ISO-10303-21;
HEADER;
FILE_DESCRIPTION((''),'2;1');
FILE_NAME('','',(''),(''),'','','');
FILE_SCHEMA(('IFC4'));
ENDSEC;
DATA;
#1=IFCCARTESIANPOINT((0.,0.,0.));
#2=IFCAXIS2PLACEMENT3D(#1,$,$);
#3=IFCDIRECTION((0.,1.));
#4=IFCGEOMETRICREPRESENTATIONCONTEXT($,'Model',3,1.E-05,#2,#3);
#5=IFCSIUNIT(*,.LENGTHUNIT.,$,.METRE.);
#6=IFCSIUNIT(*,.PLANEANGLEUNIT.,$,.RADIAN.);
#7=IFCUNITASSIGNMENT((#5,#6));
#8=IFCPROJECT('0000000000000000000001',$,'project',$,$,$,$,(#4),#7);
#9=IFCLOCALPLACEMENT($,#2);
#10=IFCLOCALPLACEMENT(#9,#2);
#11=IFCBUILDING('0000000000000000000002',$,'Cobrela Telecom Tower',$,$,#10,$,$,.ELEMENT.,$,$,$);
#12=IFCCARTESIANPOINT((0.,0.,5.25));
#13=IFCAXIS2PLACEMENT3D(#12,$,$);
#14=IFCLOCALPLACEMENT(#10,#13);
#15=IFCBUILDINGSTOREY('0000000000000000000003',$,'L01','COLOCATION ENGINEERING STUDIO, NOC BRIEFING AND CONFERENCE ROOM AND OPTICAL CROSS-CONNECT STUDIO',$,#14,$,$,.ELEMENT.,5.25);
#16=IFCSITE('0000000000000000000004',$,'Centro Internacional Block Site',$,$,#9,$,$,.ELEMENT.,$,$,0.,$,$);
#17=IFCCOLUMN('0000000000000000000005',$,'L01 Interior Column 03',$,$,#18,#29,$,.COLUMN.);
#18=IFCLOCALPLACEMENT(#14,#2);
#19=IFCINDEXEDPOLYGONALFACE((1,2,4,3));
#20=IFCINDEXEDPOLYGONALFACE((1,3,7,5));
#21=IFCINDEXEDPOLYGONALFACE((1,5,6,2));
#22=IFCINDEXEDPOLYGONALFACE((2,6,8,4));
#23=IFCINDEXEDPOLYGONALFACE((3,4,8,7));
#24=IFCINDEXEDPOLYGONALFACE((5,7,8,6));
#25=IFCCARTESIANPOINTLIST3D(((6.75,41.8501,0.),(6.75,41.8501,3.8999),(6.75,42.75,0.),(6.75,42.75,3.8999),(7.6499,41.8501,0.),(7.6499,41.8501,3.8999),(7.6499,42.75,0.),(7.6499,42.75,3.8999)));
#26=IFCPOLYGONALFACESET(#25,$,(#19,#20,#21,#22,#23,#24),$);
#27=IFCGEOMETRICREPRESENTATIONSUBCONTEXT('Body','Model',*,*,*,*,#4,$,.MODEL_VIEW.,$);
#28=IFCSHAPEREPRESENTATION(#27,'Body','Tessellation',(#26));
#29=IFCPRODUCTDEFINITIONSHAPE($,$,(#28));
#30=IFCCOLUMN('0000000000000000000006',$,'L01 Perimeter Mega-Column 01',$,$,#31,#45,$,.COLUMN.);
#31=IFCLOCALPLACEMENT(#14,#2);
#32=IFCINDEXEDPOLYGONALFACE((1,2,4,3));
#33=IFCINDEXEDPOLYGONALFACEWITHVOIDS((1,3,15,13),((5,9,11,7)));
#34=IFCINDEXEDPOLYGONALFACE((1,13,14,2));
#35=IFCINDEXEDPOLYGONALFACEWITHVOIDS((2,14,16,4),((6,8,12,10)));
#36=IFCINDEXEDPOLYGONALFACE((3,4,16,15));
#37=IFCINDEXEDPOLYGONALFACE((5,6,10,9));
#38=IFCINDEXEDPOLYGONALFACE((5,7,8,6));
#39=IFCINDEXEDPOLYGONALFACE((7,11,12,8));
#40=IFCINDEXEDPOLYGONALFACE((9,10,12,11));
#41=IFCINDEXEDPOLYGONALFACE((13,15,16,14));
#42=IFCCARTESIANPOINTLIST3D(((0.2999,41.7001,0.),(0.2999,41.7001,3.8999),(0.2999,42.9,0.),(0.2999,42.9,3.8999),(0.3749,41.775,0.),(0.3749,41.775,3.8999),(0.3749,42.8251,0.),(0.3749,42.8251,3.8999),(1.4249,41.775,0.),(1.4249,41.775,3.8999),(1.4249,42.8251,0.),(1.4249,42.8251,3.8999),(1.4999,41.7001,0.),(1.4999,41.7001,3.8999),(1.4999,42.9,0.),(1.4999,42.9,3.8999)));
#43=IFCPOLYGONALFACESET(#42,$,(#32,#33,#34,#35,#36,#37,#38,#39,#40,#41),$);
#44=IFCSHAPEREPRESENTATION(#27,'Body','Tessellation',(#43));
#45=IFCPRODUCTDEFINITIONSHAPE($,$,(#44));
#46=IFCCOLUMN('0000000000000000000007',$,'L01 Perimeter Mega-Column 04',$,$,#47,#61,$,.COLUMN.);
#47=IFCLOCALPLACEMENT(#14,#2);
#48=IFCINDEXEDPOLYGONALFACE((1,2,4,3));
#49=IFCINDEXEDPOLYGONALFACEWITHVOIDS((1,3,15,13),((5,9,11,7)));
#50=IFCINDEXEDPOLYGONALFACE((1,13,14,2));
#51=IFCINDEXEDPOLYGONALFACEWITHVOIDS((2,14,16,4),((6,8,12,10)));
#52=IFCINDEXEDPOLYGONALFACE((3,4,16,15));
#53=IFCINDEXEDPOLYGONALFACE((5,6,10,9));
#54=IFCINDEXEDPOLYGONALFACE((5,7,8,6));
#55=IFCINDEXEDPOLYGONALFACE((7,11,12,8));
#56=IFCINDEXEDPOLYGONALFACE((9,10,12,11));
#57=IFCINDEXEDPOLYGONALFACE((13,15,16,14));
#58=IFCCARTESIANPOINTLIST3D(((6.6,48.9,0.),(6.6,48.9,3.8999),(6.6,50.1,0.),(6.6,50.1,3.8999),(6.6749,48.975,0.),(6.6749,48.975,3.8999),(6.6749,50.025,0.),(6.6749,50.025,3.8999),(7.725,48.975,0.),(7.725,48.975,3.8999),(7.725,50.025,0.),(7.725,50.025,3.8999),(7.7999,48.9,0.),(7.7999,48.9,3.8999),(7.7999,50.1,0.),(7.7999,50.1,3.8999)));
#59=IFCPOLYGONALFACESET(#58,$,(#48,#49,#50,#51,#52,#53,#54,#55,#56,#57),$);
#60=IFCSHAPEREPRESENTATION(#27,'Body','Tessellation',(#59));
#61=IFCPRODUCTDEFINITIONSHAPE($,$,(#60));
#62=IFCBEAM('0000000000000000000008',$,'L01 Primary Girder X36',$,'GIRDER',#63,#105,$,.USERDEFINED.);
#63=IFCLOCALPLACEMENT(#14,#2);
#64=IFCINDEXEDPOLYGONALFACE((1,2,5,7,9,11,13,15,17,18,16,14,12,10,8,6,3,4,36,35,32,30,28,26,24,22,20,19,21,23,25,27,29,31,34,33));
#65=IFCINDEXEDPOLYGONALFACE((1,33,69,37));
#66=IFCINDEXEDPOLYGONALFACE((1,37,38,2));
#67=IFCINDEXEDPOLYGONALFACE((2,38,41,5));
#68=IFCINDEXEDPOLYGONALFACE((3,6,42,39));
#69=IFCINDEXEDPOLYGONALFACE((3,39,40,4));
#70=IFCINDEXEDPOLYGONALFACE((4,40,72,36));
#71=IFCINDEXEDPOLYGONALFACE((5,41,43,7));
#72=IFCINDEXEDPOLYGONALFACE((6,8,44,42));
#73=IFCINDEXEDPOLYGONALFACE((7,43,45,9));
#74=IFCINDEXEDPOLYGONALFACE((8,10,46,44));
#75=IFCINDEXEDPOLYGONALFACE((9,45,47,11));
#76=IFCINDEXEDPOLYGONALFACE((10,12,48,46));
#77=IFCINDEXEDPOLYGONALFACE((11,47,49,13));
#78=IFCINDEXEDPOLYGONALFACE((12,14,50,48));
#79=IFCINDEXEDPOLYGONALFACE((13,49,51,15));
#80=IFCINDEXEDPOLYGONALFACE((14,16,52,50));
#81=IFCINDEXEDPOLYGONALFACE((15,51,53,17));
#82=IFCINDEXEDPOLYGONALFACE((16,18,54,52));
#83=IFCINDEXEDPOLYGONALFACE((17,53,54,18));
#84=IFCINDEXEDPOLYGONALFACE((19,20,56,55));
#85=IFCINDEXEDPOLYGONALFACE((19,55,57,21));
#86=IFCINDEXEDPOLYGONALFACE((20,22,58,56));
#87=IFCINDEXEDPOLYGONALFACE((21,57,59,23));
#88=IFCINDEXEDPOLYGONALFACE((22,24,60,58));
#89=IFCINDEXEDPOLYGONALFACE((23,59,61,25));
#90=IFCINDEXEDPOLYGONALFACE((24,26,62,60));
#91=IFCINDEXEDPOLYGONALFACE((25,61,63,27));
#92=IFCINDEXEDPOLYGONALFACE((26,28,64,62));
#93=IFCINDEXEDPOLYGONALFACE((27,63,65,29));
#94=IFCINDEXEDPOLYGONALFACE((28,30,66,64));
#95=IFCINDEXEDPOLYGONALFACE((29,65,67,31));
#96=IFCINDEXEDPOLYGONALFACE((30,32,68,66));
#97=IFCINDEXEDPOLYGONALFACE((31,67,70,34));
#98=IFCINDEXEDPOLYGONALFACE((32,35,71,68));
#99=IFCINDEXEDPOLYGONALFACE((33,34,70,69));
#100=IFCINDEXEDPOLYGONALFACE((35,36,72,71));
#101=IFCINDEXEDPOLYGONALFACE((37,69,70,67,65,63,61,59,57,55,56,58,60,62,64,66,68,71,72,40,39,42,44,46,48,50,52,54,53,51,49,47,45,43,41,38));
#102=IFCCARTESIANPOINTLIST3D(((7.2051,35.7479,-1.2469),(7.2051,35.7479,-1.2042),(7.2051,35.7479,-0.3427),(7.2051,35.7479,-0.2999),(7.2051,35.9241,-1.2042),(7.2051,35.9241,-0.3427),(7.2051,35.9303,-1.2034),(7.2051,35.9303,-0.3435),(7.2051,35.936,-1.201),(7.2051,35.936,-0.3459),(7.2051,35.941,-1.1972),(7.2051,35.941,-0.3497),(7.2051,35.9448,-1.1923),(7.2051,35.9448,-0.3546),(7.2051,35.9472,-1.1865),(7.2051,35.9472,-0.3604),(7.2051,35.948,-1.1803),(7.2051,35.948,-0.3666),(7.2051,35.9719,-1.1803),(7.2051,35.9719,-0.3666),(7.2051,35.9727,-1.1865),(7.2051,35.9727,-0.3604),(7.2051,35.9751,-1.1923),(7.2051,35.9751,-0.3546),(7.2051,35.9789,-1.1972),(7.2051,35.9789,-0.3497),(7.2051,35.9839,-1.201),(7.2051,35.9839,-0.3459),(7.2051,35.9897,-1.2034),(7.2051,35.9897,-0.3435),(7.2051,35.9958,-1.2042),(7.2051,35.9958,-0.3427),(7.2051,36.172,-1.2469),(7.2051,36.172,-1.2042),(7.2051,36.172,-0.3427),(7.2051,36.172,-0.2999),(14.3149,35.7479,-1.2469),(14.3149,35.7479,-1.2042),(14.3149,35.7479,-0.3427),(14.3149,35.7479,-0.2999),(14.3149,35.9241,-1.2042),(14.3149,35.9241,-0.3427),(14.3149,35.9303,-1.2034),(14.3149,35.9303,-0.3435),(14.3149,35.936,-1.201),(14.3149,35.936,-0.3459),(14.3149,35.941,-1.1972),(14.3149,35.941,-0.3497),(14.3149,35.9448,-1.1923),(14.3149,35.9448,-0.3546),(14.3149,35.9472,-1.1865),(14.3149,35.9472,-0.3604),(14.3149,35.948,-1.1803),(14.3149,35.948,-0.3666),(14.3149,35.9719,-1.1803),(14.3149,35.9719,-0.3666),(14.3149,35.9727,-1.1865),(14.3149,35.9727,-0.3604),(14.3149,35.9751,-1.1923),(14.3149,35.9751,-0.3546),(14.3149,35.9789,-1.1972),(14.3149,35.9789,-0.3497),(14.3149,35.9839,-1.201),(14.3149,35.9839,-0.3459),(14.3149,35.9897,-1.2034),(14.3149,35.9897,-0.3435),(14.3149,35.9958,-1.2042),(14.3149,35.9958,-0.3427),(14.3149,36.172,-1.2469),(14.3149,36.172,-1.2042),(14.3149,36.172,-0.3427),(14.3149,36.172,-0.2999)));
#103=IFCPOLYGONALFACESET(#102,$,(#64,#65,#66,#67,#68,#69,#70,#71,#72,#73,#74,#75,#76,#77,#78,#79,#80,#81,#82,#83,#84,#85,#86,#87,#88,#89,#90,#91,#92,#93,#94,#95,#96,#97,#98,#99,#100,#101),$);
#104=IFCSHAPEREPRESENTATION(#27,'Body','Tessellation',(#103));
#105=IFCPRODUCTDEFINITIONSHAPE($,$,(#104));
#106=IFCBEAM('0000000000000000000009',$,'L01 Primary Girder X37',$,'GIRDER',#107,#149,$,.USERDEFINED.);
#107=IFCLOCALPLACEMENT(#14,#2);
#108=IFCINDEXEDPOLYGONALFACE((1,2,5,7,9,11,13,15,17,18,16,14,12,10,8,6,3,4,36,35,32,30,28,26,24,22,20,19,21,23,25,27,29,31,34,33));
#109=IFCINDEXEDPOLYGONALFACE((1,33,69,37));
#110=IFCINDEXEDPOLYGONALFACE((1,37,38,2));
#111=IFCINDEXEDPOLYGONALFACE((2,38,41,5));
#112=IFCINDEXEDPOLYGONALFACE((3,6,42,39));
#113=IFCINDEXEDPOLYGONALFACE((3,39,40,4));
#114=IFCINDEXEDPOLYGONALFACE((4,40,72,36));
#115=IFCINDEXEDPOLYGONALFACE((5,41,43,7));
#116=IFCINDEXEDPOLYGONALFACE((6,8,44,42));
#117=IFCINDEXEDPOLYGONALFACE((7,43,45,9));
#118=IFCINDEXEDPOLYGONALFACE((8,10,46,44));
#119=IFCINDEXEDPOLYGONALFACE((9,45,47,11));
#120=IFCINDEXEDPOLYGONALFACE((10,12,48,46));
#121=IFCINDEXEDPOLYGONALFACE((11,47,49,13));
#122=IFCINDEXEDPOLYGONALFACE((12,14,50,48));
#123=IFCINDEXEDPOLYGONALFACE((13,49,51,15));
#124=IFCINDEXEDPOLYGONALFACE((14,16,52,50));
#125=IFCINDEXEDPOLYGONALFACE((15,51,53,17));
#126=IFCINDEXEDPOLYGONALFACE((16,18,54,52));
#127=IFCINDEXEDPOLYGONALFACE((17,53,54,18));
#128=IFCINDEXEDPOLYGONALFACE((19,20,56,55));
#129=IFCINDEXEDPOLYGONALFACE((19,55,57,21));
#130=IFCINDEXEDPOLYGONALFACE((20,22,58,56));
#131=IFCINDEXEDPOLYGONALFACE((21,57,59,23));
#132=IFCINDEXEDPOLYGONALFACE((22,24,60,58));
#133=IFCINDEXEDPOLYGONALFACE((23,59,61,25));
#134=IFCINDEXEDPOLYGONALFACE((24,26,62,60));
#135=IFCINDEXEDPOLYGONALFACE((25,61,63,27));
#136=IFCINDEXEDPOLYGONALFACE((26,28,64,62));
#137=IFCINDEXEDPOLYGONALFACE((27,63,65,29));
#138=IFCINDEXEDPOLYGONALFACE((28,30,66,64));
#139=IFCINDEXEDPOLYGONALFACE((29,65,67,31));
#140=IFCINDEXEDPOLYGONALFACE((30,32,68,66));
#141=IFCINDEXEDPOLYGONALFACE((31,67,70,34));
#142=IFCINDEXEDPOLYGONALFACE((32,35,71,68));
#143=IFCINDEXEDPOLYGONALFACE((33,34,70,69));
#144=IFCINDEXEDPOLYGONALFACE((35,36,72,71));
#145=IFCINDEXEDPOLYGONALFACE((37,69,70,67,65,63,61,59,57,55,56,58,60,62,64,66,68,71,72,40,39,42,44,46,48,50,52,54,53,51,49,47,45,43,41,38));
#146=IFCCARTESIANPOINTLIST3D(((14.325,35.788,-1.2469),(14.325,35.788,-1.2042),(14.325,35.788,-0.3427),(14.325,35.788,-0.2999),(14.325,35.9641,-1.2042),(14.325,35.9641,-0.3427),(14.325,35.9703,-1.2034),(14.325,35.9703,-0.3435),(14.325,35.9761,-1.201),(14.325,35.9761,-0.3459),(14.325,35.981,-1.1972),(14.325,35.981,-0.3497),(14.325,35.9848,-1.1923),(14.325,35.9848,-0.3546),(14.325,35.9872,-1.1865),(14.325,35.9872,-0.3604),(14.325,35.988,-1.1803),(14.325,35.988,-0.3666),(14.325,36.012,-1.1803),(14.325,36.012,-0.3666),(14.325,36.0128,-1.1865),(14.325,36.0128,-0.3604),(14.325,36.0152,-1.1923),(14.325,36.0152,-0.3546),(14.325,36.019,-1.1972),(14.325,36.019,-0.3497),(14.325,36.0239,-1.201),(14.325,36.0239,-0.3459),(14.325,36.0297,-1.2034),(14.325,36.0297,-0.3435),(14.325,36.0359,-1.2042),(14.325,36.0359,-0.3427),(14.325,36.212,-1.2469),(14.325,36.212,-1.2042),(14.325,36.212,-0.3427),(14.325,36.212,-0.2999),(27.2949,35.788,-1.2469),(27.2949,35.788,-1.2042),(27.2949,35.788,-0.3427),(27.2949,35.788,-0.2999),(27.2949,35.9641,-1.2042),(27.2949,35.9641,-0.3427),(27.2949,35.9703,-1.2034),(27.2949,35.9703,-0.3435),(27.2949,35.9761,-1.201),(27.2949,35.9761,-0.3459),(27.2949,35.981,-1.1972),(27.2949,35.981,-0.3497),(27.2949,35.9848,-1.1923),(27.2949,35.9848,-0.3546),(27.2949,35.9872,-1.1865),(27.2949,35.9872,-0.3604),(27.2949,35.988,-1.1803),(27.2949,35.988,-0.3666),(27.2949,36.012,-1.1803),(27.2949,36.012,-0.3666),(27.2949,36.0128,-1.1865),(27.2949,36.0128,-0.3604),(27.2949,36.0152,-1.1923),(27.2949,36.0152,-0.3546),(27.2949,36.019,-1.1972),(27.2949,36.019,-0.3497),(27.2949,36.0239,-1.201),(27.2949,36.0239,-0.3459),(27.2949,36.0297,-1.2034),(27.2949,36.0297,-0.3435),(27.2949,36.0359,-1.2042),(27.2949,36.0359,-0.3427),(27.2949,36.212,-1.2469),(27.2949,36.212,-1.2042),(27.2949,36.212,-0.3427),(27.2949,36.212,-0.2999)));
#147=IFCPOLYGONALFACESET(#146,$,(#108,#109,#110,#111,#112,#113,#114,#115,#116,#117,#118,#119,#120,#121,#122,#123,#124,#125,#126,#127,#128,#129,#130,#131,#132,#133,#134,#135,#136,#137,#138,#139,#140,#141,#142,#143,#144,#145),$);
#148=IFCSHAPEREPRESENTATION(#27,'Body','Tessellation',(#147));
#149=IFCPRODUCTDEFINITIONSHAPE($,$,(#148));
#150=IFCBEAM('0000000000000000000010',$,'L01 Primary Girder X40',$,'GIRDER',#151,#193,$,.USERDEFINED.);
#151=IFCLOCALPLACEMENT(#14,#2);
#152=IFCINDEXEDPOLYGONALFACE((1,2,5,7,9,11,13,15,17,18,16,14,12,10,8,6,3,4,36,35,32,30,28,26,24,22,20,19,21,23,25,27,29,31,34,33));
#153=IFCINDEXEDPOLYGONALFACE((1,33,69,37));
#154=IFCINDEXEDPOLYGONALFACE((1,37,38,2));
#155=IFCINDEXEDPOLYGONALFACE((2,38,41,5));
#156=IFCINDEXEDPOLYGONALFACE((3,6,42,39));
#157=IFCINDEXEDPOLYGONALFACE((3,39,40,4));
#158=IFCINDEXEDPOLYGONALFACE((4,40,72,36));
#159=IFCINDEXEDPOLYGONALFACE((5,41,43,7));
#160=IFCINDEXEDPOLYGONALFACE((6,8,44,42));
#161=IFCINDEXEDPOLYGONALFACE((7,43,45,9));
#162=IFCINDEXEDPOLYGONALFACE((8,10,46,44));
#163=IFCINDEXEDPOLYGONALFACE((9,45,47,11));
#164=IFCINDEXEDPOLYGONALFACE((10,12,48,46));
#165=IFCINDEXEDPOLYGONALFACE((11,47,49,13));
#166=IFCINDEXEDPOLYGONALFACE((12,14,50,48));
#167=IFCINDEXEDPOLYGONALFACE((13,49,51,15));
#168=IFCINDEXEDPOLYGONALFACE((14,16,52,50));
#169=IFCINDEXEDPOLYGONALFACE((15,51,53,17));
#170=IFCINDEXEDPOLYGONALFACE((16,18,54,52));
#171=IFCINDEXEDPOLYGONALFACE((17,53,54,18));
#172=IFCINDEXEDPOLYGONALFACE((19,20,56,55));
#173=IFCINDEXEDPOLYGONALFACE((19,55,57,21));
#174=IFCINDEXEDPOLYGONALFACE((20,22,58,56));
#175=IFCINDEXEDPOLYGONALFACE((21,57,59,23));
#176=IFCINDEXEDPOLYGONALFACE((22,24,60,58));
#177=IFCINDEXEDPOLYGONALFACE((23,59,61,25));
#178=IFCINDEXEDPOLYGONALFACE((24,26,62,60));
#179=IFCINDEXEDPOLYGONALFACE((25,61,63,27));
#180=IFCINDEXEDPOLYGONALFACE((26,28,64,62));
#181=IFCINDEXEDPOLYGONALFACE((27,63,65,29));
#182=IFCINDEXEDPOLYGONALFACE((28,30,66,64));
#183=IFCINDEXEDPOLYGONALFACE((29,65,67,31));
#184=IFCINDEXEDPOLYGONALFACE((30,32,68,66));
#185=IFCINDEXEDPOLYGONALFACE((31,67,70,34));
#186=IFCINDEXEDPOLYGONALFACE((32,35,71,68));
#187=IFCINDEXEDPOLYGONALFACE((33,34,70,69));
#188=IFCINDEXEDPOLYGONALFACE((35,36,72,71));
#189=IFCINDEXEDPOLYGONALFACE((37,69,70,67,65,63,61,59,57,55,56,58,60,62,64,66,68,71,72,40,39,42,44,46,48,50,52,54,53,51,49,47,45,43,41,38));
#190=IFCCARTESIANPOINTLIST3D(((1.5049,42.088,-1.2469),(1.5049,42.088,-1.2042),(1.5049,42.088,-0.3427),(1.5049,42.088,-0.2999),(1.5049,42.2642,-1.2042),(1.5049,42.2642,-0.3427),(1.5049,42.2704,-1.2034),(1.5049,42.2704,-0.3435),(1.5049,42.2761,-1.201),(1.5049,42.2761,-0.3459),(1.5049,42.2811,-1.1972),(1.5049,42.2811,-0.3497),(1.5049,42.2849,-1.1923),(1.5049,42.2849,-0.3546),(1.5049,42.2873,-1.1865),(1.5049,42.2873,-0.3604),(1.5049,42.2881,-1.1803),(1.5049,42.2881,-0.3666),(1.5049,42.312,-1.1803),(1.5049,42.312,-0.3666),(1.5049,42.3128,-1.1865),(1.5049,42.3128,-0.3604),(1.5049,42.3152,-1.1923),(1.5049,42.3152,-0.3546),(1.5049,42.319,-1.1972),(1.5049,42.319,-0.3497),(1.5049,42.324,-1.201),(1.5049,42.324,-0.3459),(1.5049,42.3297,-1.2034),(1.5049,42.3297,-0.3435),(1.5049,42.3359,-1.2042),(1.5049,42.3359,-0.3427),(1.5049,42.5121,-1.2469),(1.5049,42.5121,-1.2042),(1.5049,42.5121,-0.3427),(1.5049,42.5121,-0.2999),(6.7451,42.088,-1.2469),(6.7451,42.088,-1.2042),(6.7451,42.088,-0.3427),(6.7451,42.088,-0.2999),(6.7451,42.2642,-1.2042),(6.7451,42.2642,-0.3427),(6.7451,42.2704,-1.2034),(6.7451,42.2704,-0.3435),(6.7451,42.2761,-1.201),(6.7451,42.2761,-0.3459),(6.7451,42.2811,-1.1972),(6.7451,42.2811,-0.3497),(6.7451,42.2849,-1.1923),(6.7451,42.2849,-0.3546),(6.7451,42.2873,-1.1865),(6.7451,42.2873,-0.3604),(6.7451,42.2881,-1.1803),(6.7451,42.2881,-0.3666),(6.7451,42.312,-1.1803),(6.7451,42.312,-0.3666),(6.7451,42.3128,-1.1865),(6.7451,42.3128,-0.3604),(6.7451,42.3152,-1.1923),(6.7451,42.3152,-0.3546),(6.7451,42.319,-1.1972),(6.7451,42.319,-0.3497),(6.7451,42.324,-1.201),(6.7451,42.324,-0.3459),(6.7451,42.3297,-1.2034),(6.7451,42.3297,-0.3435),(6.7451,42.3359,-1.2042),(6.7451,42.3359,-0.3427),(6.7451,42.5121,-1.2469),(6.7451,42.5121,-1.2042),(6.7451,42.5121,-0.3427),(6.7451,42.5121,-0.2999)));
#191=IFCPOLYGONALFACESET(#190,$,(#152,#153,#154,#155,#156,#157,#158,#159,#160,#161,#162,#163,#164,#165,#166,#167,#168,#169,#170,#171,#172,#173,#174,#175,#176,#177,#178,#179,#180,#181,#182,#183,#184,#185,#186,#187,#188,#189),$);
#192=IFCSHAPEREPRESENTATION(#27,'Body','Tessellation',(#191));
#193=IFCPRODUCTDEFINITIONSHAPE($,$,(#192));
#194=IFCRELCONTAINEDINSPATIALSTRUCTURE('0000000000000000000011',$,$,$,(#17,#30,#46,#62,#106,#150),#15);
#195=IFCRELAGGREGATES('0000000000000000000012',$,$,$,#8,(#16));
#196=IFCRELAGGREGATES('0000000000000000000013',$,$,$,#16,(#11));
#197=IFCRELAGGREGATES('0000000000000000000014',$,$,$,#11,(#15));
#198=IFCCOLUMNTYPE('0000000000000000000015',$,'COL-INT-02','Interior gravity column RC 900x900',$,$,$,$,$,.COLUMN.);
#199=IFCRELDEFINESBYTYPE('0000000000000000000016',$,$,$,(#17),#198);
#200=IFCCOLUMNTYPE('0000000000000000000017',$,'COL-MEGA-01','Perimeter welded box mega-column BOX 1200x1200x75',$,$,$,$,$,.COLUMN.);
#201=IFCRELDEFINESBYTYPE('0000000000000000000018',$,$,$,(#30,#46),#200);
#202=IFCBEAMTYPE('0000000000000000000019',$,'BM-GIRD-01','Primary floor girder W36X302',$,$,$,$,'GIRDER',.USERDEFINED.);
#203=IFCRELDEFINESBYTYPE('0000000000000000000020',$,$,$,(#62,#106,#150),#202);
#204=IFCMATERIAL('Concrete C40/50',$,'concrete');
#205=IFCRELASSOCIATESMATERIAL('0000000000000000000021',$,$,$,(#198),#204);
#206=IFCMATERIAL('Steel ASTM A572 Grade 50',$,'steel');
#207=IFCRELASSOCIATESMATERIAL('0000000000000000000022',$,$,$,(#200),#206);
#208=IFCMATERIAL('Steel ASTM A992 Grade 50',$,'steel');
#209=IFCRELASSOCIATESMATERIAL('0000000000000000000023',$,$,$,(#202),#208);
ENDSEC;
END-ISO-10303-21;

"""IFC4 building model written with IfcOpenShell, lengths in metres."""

from ifc_helpers import new_model, si_unit, direction, frame, origin, origin_2d, place, context, subcontext, project, spatial, rectangle, hollow_rectangle, i_section, extrude, material, material_profile, profile_set, type_object, element, save


model = new_model("IFC4")

# Units and contexts
model_context = context("Model", 3, precision=1e-05, world=origin(), true_north=direction((0.0, 1.0)))
body_context = subcontext(model_context, "Body", "Model", "MODEL_VIEW")
ifc_project = project(units=[si_unit("LENGTHUNIT", "METRE"), si_unit("PLANEANGLEUNIT", "RADIAN")], contexts=[model_context])

# Site, building, storey
site_placement = place(None, origin())
site = spatial("IfcSite", under=ifc_project, at=site_placement, Name="Centro Internacional Block Site", CompositionType="ELEMENT", RefElevation=0.0)
building_placement = place(site_placement, origin())
building = spatial("IfcBuilding", under=site, at=building_placement, Name="Cobrela Telecom Tower", CompositionType="ELEMENT")
storey_placement = place(building_placement, frame((0.0, 0.0, 5.25)))
storey = spatial("IfcBuildingStorey", under=building, at=storey_placement, Name="L01", Description="COLOCATION ENGINEERING STUDIO, NOC BRIEFING AND CONFERENCE ROOM AND OPTICAL CROSS-CONNECT STUDIO", CompositionType="ELEMENT", Elevation=5.25)

# Columns
ifc_material_1 = material(Name="Concrete C40/50", Category="concrete")
ifc_material_profile_1 = material_profile(ifc_material_1, rectangle(XDim=0.8999, YDim=0.8999, at=origin_2d()), Name="RC 900x900")
ifc_profile_set_1 = profile_set([ifc_material_profile_1], Name="Concrete C40/50")
column_type_1 = type_object("IfcColumnType", Name="COL-INT-02", Description="Interior gravity column RC 900x900", PredefinedType="COLUMN", material=ifc_profile_set_1)
column_placement = place(storey_placement, frame((7.2, 42.3, 0.0), z_axis=(0.0, 0.0, 1.0), x_axis=(1.0, 0.0, 0.0)))
element("IfcColumn", 1, at=column_placement, inside=storey, type_object=column_type_1, Name="L01 Interior Column 03", PredefinedType="COLUMN", context=body_context, shape_type="SweptSolid", body=[
    extrude(rectangle(XDim=0.8999, YDim=0.8999, at=origin_2d()), origin(), (0.0, 0.0, 1.0), 3.8999),
])
ifc_material_2 = material(Name="Steel ASTM A572 Grade 50", Category="steel")
ifc_material_profile_2 = material_profile(ifc_material_2, hollow_rectangle(XDim=1.2, YDim=1.2, WallThickness=0.075, at=origin_2d()), Name="BOX 1200x1200x75")
ifc_profile_set_2 = profile_set([ifc_material_profile_2], Name="Steel ASTM A572 Grade 50")
column_type_2 = type_object("IfcColumnType", Name="COL-MEGA-01", Description="Perimeter welded box mega-column BOX 1200x1200x75", PredefinedType="COLUMN", material=ifc_profile_set_2)
for number, where, z_axis, x_axis, name in (
    (2, (0.8999, 42.3, 0.0), (0.0, 0.0, 1.0), (1.0, 0.0, 0.0), "L01 Perimeter Mega-Column 01"),
    (3, (7.2, 49.5, 0.0), (0.0, 0.0, 1.0), (1.0, 0.0, 0.0), "L01 Perimeter Mega-Column 04"),
):
    element("IfcColumn", number, at=place(storey_placement, frame(where, z_axis=z_axis, x_axis=x_axis)), inside=storey, type_object=column_type_2, Name=name, PredefinedType="COLUMN", context=body_context, shape_type="SweptSolid", body=[
        extrude(hollow_rectangle(XDim=1.2, YDim=1.2, WallThickness=0.075, at=origin_2d()), origin(), (0.0, 0.0, 1.0), 3.8999),
    ])

# Beams
ifc_material_3 = material(Name="Steel ASTM A992 Grade 50", Category="steel")
ifc_material_profile_3 = material_profile(ifc_material_3, i_section(OverallWidth=0.4241, OverallDepth=0.947, WebThickness=0.0239, FlangeThickness=0.0427, FilletRadius=0.0239, at=origin_2d()), Name="W36X302")
ifc_profile_set_3 = profile_set([ifc_material_profile_3], Name="Steel ASTM A992 Grade 50")
beam_type_1 = type_object("IfcBeamType", Name="BM-GIRD-01", Description="Primary floor girder W36X302", ElementType="GIRDER", PredefinedType="USERDEFINED", material=ifc_profile_set_3)
beam_1_placement = place(storey_placement, frame((7.2051, 35.96, -0.7734), z_axis=(1.0, 0.0, 0.0), x_axis=(0.0, 1.0, 0.0)))
element("IfcBeam", 4, at=beam_1_placement, inside=storey, type_object=beam_type_1, Name="L01 Primary Girder X36", ObjectType="GIRDER", PredefinedType="USERDEFINED", context=body_context, shape_type="SweptSolid", body=[
    extrude(i_section(OverallWidth=0.4241, OverallDepth=0.947, WebThickness=0.0239, FlangeThickness=0.0427, FilletRadius=0.0239, at=origin_2d()), origin(), (0.0, 0.0, 1.0), 7.1099),
])
beam_2_placement = place(storey_placement, frame((14.325, 36.0, -0.7734), z_axis=(1.0, 0.0, 0.0), x_axis=(0.0, 1.0, 0.0)))
element("IfcBeam", 5, at=beam_2_placement, inside=storey, type_object=beam_type_1, Name="L01 Primary Girder X37", ObjectType="GIRDER", PredefinedType="USERDEFINED", context=body_context, shape_type="SweptSolid", body=[
    extrude(i_section(OverallWidth=0.4241, OverallDepth=0.947, WebThickness=0.0239, FlangeThickness=0.0427, FilletRadius=0.0239, at=origin_2d()), origin(), (0.0, 0.0, 1.0), 12.97),
])
beam_3_placement = place(storey_placement, frame((1.5049, 42.3, -0.7734), z_axis=(1.0, 0.0, 0.0), x_axis=(0.0, 1.0, 0.0)))
element("IfcBeam", 6, at=beam_3_placement, inside=storey, type_object=beam_type_1, Name="L01 Primary Girder X40", ObjectType="GIRDER", PredefinedType="USERDEFINED", context=body_context, shape_type="SweptSolid", body=[
    extrude(i_section(OverallWidth=0.4241, OverallDepth=0.947, WebThickness=0.0239, FlangeThickness=0.0427, FilletRadius=0.0239, at=origin_2d()), origin(), (0.0, 0.0, 1.0), 5.2402),
])

save(model, "model.ifc")
